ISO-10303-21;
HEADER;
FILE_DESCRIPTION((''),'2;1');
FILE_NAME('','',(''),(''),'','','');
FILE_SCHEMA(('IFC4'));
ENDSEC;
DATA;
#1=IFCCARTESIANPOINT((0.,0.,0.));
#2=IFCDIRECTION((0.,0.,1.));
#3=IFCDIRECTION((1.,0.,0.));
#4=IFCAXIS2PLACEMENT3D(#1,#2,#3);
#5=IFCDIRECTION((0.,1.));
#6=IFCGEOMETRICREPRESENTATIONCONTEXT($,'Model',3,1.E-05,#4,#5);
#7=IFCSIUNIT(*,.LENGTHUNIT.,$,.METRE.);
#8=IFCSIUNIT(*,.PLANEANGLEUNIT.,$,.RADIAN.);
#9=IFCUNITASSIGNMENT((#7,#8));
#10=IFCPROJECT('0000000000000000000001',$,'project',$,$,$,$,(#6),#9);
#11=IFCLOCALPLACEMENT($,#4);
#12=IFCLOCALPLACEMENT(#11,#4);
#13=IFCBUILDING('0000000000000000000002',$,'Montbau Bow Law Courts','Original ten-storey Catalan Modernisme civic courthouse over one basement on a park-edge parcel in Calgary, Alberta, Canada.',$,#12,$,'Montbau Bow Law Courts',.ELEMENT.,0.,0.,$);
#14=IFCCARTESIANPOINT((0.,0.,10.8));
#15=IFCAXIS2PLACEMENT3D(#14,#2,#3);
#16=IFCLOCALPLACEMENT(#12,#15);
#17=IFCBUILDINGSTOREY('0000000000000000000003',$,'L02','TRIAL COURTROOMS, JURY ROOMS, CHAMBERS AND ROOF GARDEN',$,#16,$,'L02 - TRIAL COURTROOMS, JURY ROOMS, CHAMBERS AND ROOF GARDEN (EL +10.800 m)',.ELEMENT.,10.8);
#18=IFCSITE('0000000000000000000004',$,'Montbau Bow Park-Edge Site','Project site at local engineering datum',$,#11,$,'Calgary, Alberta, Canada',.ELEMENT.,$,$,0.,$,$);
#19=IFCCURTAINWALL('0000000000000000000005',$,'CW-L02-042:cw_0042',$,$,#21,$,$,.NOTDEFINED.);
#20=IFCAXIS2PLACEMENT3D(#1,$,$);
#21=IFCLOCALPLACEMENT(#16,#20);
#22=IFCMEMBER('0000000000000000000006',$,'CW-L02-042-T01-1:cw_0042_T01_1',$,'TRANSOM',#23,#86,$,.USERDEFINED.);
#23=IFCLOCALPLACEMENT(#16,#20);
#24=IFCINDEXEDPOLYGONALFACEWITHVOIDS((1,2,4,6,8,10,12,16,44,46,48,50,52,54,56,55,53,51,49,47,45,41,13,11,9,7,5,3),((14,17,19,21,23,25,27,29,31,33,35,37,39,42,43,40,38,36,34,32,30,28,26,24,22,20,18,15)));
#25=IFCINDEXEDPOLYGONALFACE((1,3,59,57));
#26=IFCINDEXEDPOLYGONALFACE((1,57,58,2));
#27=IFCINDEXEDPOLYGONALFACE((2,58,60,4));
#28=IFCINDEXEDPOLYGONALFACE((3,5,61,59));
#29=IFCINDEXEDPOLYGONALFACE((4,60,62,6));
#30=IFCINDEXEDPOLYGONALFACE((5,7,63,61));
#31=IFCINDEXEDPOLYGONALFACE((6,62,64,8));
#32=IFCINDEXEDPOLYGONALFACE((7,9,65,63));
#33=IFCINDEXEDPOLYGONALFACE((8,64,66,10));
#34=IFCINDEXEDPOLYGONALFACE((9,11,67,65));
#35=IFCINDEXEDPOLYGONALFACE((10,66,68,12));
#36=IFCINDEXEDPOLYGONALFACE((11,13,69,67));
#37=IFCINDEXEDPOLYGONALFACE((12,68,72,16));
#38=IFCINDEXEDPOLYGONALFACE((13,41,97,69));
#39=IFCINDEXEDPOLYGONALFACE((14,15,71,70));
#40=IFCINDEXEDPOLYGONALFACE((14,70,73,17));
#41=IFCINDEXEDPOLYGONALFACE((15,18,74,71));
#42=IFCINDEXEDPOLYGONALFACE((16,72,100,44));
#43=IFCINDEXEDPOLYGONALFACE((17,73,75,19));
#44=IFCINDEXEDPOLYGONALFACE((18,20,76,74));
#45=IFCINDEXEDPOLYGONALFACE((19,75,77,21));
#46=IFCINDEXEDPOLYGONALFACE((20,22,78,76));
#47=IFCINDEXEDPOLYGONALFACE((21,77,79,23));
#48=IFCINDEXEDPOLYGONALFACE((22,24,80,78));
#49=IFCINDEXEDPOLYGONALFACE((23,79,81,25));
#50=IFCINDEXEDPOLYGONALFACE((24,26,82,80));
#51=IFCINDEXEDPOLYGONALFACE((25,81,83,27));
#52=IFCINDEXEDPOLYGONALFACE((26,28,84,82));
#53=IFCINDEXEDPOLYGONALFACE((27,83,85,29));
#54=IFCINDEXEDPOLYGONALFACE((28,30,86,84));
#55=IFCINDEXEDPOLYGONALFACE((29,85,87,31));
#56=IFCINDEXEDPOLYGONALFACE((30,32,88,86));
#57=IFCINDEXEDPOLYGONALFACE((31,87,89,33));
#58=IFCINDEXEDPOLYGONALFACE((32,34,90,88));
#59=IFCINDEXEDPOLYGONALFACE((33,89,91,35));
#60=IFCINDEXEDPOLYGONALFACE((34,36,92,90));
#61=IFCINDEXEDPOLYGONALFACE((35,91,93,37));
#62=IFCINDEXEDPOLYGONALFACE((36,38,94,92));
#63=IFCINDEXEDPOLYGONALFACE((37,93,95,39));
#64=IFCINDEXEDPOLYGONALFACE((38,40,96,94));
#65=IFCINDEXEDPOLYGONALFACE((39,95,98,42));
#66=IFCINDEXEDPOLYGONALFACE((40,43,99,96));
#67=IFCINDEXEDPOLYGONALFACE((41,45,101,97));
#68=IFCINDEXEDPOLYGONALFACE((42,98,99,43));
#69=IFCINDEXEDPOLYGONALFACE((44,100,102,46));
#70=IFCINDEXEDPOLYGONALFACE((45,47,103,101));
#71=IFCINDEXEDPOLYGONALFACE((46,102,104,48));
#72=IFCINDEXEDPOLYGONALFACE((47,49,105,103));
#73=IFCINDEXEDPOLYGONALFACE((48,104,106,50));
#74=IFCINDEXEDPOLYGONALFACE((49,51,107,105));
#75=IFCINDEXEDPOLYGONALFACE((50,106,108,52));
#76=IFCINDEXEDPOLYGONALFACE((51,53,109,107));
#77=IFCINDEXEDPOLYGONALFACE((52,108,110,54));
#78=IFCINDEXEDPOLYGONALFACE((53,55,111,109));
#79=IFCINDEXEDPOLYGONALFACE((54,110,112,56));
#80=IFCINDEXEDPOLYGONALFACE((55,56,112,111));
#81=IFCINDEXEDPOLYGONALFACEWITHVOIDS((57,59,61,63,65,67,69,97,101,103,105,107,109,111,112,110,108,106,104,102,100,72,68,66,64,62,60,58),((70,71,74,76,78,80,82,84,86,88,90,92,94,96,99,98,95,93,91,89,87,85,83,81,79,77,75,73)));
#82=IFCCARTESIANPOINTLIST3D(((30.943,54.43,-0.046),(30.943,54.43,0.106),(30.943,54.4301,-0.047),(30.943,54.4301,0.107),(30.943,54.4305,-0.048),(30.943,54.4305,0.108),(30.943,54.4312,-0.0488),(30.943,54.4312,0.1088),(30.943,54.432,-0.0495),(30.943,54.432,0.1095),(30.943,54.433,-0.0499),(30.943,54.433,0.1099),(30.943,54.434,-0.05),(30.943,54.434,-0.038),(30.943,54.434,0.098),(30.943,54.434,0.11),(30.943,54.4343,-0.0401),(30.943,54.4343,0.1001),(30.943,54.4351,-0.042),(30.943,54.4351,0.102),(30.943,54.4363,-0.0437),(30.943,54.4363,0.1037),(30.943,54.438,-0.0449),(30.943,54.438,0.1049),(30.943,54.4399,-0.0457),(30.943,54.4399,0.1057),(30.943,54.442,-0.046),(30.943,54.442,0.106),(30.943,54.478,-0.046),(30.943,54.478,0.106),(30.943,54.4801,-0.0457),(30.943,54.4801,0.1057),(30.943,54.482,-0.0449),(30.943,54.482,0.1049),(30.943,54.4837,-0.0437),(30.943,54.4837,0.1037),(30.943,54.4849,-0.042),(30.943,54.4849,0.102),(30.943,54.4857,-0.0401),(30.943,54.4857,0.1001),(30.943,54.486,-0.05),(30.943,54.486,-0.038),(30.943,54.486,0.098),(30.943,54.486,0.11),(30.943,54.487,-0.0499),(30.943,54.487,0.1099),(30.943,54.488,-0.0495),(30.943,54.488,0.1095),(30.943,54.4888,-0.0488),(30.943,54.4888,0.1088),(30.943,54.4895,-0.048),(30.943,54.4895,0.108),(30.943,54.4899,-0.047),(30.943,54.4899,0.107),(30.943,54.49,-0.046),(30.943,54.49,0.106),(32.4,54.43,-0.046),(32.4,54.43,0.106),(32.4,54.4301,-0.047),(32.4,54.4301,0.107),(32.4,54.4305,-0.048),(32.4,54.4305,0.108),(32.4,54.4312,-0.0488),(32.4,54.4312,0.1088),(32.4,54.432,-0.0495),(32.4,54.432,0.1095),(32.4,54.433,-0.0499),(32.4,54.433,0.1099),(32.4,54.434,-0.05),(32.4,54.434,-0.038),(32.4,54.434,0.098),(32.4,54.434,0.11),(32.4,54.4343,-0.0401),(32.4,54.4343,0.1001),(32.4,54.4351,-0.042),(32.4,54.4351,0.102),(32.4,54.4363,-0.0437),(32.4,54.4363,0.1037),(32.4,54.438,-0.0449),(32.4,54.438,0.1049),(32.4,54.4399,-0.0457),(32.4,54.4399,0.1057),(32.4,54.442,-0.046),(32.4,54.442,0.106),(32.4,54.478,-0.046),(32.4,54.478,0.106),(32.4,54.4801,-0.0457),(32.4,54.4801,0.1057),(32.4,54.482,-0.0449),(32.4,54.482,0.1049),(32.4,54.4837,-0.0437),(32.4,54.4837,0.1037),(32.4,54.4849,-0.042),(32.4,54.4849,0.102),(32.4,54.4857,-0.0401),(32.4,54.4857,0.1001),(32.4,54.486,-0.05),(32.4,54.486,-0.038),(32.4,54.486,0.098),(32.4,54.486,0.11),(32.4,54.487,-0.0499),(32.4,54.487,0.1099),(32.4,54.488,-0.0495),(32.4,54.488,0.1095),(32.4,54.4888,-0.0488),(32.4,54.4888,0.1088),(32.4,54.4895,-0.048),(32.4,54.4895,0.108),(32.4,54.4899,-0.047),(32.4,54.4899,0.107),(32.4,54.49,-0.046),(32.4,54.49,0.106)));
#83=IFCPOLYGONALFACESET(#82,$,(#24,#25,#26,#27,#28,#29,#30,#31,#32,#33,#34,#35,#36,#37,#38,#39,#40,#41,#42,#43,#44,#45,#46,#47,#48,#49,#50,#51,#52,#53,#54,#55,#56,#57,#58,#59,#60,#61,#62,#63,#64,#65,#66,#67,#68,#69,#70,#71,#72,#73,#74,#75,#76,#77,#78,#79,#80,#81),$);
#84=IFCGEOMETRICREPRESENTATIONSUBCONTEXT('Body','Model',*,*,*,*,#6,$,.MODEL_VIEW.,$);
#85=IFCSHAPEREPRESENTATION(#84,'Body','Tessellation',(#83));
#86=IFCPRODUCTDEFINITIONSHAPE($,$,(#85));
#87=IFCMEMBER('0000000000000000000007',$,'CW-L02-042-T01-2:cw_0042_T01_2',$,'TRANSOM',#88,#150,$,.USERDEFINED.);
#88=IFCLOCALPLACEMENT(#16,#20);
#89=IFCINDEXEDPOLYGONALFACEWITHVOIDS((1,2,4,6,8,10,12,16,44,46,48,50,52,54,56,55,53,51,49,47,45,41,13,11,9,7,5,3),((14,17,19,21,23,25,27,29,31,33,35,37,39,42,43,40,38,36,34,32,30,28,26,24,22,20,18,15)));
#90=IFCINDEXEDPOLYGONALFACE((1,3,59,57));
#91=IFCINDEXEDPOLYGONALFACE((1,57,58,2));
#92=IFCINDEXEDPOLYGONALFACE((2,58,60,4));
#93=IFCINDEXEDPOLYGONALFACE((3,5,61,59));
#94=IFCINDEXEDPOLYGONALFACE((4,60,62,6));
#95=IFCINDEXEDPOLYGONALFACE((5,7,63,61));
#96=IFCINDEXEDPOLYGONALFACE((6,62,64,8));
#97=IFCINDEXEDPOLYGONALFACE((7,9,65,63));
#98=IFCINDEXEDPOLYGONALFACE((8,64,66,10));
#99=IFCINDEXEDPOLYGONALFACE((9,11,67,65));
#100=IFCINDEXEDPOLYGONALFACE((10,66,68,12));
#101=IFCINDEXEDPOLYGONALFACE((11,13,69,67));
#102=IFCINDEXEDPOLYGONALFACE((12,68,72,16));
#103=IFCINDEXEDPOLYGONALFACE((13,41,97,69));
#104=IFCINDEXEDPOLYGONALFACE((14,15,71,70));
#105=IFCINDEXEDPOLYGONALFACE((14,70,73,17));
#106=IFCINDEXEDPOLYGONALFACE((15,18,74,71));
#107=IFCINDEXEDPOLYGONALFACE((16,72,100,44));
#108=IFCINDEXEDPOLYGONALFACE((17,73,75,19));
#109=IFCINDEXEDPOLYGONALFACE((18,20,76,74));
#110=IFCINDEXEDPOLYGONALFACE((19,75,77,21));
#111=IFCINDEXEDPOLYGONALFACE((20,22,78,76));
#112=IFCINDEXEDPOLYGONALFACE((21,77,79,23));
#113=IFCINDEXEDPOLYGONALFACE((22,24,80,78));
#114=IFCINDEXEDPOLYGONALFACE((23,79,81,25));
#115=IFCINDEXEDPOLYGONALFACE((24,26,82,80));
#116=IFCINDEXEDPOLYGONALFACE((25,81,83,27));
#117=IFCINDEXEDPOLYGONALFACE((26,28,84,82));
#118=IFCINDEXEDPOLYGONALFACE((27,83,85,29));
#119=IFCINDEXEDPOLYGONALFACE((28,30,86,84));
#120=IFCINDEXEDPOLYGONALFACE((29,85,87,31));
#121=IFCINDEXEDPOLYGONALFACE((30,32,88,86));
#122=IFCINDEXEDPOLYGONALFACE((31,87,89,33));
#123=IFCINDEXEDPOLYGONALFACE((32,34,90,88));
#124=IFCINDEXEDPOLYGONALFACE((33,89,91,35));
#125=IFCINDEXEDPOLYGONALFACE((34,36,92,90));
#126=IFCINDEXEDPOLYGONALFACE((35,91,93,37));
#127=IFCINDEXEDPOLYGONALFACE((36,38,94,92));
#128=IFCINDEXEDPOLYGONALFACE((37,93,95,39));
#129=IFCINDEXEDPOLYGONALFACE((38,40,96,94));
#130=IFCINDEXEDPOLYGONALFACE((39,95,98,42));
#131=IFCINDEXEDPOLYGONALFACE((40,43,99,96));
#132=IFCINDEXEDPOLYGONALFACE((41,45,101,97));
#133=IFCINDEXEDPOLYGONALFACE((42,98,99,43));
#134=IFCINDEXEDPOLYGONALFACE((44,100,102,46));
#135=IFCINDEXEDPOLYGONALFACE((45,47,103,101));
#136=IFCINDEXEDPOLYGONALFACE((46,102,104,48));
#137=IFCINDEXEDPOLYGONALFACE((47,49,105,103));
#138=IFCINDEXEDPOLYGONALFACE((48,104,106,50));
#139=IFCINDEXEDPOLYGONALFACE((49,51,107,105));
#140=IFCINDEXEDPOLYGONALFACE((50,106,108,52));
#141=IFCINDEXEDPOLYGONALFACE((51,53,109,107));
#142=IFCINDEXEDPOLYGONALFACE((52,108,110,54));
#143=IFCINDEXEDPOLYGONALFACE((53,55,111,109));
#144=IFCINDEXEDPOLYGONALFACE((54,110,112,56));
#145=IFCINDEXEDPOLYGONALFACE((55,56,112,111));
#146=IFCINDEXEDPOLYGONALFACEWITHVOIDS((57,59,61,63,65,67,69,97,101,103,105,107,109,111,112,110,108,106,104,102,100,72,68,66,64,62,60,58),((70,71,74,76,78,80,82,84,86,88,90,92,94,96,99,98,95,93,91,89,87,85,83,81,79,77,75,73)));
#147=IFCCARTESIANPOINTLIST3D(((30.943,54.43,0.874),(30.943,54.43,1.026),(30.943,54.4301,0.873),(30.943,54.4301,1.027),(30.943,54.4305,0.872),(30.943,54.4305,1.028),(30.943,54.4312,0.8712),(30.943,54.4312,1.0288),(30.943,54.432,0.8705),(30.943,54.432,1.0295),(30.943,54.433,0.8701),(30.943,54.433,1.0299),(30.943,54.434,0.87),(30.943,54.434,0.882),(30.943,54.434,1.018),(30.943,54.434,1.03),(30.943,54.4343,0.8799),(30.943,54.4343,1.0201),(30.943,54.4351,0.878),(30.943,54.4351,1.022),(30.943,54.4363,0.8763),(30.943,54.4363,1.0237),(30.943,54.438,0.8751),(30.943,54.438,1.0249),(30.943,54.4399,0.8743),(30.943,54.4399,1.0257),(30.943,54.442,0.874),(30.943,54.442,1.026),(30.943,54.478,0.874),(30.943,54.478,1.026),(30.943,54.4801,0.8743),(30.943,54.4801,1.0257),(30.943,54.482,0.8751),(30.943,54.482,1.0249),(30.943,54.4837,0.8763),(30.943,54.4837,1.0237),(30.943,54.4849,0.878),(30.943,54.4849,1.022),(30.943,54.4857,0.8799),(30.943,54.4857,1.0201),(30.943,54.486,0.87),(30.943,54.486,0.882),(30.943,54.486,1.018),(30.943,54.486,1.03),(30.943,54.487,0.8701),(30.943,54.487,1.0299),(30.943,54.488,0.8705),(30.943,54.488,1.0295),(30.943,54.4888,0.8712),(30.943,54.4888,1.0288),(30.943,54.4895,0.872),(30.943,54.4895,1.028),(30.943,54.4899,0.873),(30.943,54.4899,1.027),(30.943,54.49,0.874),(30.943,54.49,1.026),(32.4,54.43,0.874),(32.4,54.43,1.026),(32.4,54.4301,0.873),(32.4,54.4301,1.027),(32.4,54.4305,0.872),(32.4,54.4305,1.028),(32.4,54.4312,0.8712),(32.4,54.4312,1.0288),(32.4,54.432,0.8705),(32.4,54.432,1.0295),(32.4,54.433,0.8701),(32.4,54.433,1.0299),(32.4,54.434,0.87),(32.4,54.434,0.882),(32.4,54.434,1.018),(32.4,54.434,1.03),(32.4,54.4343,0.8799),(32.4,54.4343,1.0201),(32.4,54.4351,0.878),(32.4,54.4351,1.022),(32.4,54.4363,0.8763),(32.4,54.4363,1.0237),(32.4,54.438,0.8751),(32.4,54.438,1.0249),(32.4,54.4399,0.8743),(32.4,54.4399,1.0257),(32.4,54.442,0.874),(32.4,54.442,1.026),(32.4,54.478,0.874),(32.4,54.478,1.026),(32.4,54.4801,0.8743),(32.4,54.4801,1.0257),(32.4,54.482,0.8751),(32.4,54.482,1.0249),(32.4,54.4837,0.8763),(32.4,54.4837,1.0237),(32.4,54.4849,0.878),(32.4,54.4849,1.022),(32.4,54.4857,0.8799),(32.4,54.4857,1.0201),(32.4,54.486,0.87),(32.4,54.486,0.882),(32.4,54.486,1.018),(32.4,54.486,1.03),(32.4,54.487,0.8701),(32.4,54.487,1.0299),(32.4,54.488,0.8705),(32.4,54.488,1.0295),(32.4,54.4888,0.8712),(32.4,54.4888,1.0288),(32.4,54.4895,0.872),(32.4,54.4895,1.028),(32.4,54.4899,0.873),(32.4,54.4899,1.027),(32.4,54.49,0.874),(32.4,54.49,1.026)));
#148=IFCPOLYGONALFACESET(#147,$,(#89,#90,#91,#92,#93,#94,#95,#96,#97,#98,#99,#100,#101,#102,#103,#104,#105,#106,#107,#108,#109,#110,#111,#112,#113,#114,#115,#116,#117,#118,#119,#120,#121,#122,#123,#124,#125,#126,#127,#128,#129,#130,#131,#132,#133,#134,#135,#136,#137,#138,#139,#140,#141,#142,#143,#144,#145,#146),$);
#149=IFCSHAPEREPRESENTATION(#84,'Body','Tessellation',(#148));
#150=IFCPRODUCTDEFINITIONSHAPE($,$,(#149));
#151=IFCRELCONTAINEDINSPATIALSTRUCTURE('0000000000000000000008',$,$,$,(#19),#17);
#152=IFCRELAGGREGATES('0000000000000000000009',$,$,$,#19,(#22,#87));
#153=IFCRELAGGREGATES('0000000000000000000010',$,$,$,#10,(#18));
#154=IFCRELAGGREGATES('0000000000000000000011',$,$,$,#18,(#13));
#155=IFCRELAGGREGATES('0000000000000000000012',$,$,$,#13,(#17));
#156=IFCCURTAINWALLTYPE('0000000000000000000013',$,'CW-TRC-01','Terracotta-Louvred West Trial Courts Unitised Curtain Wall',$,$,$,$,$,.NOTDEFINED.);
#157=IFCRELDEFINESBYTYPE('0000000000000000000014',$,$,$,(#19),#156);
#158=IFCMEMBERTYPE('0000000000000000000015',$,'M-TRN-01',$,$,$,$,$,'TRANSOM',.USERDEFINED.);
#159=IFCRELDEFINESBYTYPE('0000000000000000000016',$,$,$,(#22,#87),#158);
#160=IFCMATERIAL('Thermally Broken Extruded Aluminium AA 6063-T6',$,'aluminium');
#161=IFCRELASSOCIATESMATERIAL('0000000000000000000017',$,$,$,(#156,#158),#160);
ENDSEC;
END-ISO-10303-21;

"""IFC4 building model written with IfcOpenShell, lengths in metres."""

from ifc_helpers import new_model, si_unit, direction, frame, origin_with_axes, origin_2d_with_axis, place, context, subcontext, project, spatial, hollow_rectangle, extrude, material, material_profile, profile_set, type_object, element, aggregate, save


model = new_model("IFC4")

# Units and contexts
model_context = context("Model", 3, precision=1e-05, world=origin_with_axes(), true_north=direction((0.0, 1.0)))
body_context = subcontext(model_context, "Body", "Model", "MODEL_VIEW")
ifc_project = project(units=[si_unit("LENGTHUNIT", "METRE"), si_unit("PLANEANGLEUNIT", "RADIAN")], contexts=[model_context])

# Site, building, storey
site_placement = place(None, origin_with_axes())
site = spatial("IfcSite", under=ifc_project, at=site_placement, Name="Montbau Bow Park-Edge Site", Description="Project site at local engineering datum", LongName="Calgary, Alberta, Canada", CompositionType="ELEMENT", RefElevation=0.0)
building_placement = place(site_placement, origin_with_axes())
building = spatial("IfcBuilding", under=site, at=building_placement, Name="Montbau Bow Law Courts", Description="Original ten-storey Catalan Modernisme civic courthouse over one basement on a park-edge parcel in Calgary, Alberta, Canada.", LongName="Montbau Bow Law Courts", CompositionType="ELEMENT", ElevationOfRefHeight=0.0, ElevationOfTerrain=0.0)
storey_placement = place(building_placement, frame((0.0, 0.0, 10.8), z_axis=(0.0, 0.0, 1.0), x_axis=(1.0, 0.0, 0.0)))
storey = spatial("IfcBuildingStorey", under=building, at=storey_placement, Name="L02", Description="TRIAL COURTROOMS, JURY ROOMS, CHAMBERS AND ROOF GARDEN", LongName="L02 - TRIAL COURTROOMS, JURY ROOMS, CHAMBERS AND ROOF GARDEN (EL +10.800 m)", CompositionType="ELEMENT", Elevation=10.8)

# Curtain wall
ifc_material_1 = material(Name="Thermally Broken Extruded Aluminium AA 6063-T6", Category="aluminium")
curtain_wall_type = type_object("IfcCurtainWallType", Name="CW-TRC-01", Description="Terracotta-Louvred West Trial Courts Unitised Curtain Wall", PredefinedType="NOTDEFINED", material=ifc_material_1)
curtain_wall_1_placement = place(None, frame((30.867, 54.46, 10.8), z_axis=(0.0, 0.0, 1.0), x_axis=(1.0, 0.0, 0.0)))
curtain_wall_1 = element("IfcCurtainWall", 1, at=curtain_wall_1_placement, inside=storey, type_object=curtain_wall_type, Name="CW-L02-042:cw_0042", PredefinedType="NOTDEFINED")

# Members
ifc_material_profile_1 = material_profile(ifc_material_1, hollow_rectangle(XDim=0.06, YDim=0.16, WallThickness=0.004, InnerFilletRadius=0.008, OuterFilletRadius=0.004, at=origin_2d_with_axis()), Name="CWT-160X60", Category="Main", Priority=0)
ifc_profile_set_1 = profile_set([ifc_material_profile_1], Name="Thermally Broken Extruded Aluminium AA 6063-T6")
member_type_1 = type_object("IfcMemberType", Name="M-TRN-01", ElementType="TRANSOM", PredefinedType="USERDEFINED", material=ifc_profile_set_1)
member_1_placement = place(None, frame((30.943, 54.46, 10.83), z_axis=(1.0, 0.0, 0.0), x_axis=(0.0, 1.0, 0.0)))
member_1 = element("IfcMember", 2, at=member_1_placement, type_object=member_type_1, Name="CW-L02-042-T01-1:cw_0042_T01_1", ObjectType="TRANSOM", PredefinedType="USERDEFINED", context=body_context, shape_type="SweptSolid", body=[
    extrude(hollow_rectangle(XDim=0.06, YDim=0.16, WallThickness=0.004, InnerFilletRadius=0.008, OuterFilletRadius=0.004, at=origin_2d_with_axis()), origin_with_axes(), (0.0, 0.0, 1.0), 1.457),
])
member_2_placement = place(None, frame((30.943, 54.46, 11.75), z_axis=(1.0, 0.0, 0.0), x_axis=(0.0, 1.0, 0.0)))
member_2 = element("IfcMember", 3, at=member_2_placement, type_object=member_type_1, Name="CW-L02-042-T01-2:cw_0042_T01_2", ObjectType="TRANSOM", PredefinedType="USERDEFINED", context=body_context, shape_type="SweptSolid", body=[
    extrude(hollow_rectangle(XDim=0.06, YDim=0.16, WallThickness=0.004, InnerFilletRadius=0.008, OuterFilletRadius=0.004, at=origin_2d_with_axis()), origin_with_axes(), (0.0, 0.0, 1.0), 1.457),
])

aggregate(curtain_wall_1, [member_1, member_2])

save(model, "model.ifc")
